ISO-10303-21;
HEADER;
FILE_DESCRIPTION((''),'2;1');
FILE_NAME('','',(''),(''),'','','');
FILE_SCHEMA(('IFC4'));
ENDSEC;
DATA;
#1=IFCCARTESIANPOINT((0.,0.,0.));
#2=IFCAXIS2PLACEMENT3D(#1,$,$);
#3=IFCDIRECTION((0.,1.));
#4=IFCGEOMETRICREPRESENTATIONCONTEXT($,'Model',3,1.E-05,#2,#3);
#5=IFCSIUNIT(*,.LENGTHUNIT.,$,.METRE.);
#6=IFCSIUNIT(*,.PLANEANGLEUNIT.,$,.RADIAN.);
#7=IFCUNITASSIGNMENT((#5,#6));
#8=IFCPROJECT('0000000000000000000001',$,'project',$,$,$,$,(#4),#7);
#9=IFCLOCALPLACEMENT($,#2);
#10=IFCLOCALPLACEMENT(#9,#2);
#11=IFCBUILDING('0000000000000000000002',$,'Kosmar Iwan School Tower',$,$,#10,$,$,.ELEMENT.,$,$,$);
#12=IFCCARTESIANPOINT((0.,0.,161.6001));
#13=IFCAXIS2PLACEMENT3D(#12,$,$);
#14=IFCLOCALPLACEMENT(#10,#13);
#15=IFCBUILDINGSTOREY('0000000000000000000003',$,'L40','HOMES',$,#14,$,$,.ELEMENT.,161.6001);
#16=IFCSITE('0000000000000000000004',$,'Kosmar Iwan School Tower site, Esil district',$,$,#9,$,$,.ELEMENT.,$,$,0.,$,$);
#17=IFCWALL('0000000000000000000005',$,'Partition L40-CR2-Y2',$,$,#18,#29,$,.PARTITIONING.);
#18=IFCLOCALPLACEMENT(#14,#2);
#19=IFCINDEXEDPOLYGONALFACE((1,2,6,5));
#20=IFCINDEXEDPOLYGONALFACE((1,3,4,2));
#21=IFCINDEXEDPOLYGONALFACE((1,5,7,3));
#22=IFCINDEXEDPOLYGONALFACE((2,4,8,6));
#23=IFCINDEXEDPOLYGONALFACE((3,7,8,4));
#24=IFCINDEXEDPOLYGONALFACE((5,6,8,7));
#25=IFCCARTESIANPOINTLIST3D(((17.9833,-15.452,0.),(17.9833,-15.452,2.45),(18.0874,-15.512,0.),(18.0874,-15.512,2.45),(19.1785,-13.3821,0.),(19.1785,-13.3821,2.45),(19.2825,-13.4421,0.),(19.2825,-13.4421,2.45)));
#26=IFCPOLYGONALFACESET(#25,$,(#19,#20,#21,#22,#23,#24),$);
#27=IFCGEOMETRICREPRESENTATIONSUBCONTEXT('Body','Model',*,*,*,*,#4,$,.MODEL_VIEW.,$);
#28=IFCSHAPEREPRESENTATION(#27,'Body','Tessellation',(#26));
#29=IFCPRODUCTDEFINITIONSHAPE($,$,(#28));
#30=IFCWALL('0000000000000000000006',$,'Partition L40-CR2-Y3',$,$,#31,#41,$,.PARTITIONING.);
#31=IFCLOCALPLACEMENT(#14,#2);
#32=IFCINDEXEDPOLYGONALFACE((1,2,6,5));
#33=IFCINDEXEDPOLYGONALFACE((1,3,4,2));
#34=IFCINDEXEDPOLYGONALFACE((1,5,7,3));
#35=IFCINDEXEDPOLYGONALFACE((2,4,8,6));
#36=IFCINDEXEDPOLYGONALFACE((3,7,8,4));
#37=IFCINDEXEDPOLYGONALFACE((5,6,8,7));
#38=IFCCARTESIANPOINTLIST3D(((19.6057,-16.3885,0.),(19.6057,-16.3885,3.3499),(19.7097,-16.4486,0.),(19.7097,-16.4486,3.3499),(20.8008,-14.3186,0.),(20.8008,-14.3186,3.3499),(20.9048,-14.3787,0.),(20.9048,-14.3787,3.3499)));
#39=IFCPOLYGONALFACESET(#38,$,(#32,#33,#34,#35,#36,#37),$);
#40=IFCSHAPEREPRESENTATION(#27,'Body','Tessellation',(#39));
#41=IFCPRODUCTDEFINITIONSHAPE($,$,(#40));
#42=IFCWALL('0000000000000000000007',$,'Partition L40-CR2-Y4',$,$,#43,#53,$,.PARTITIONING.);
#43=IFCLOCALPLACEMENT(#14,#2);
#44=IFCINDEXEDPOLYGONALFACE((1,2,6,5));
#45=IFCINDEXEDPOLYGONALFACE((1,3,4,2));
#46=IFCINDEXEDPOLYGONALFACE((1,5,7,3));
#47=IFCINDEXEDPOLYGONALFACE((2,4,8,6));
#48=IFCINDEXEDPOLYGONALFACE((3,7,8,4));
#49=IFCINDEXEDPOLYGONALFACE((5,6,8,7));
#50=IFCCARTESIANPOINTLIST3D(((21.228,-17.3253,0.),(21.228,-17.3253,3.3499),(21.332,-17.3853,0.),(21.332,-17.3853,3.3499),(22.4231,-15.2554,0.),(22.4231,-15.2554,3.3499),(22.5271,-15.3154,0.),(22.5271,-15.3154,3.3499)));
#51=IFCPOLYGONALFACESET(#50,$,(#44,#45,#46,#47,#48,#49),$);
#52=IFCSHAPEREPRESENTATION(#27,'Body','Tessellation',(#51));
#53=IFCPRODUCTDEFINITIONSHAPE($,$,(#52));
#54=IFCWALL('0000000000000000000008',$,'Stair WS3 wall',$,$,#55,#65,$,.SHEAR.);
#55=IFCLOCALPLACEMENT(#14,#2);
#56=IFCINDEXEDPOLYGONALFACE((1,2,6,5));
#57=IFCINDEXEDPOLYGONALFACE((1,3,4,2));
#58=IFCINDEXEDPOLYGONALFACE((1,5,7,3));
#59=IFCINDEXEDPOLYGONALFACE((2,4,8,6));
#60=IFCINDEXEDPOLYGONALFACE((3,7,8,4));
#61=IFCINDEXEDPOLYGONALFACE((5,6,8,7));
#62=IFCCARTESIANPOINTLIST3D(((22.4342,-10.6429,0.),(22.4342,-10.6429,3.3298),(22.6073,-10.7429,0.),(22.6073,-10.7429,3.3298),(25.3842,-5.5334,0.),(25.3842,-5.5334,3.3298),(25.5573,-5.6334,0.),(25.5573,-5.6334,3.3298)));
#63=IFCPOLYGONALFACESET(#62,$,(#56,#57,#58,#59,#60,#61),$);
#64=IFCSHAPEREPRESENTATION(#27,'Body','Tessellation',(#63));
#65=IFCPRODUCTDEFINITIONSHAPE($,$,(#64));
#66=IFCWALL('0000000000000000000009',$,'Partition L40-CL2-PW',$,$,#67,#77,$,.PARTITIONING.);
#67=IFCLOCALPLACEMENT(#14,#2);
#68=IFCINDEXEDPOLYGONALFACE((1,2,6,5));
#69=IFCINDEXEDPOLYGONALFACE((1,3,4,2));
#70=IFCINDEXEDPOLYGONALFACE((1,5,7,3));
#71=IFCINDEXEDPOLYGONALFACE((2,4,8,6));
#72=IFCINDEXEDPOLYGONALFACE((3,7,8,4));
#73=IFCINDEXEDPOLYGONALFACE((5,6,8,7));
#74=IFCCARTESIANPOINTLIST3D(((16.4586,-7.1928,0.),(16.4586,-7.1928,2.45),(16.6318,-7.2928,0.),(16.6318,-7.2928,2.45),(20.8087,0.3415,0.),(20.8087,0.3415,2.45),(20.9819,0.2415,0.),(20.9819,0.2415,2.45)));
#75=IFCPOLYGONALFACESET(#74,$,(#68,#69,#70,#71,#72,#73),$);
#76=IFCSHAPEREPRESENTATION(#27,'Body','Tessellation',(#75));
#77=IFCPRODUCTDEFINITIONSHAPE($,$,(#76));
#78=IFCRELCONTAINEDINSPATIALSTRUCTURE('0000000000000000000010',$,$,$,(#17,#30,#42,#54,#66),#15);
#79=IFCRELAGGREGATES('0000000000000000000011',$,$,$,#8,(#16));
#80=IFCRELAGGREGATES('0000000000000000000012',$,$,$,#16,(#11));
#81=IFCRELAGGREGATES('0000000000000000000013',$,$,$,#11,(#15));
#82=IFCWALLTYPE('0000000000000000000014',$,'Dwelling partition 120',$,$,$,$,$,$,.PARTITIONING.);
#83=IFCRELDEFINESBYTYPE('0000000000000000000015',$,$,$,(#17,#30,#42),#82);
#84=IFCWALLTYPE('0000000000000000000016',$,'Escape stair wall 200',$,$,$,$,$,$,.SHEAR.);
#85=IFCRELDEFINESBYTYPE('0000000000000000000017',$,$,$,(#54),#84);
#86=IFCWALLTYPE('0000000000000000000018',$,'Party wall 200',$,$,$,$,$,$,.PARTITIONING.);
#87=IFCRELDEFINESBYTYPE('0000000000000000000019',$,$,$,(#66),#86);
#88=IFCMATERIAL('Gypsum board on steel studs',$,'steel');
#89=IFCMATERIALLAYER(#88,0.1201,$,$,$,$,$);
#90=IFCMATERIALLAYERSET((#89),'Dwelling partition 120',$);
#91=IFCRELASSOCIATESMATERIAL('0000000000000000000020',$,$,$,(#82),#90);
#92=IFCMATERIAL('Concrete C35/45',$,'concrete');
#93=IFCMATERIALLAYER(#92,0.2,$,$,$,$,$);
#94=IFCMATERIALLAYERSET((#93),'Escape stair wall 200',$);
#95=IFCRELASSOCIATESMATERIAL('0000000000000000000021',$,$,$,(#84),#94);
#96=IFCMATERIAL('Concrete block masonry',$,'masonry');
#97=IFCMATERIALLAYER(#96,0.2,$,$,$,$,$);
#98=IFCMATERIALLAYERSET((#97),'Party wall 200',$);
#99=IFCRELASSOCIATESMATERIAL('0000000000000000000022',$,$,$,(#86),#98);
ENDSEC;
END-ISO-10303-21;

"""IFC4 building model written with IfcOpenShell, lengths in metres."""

from ifc_helpers import new_model, si_unit, direction, frame, frame_2d, origin, place, context, subcontext, project, spatial, rectangle, extrude, material, layer, layer_set, type_object, element, save


model = new_model("IFC4")

# Units and contexts
model_context = context("Model", 3, precision=1e-05, world=origin(), true_north=direction((0.0, 1.0)))
body_context = subcontext(model_context, "Body", "Model", "MODEL_VIEW")
ifc_project = project(units=[si_unit("LENGTHUNIT", "METRE"), si_unit("PLANEANGLEUNIT", "RADIAN")], contexts=[model_context])

# Site, building, storey
site_placement = place(None, origin())
site = spatial("IfcSite", under=ifc_project, at=site_placement, Name="Kosmar Iwan School Tower site, Esil district", CompositionType="ELEMENT", RefElevation=0.0)
building_placement = place(site_placement, origin())
building = spatial("IfcBuilding", under=site, at=building_placement, Name="Kosmar Iwan School Tower", CompositionType="ELEMENT")
storey_placement = place(building_placement, frame((0.0, 0.0, 161.6001)))
storey = spatial("IfcBuildingStorey", under=building, at=storey_placement, Name="L40", Description="HOMES", CompositionType="ELEMENT", Elevation=161.6001)

# Shared definitions
ifc_material_1 = material(Name="Gypsum board on steel studs", Category="steel")
ifc_layer_1 = layer(ifc_material_1, 0.1201)
ifc_layer_set_1 = layer_set([ifc_layer_1], Name="Dwelling partition 120")
wall_type_1 = type_object("IfcWallType", Name="Dwelling partition 120", PredefinedType="PARTITIONING", material=ifc_layer_set_1)

# Walls
wall_1_placement = place(storey_placement, frame((19.2305, -13.4121, 0.0), z_axis=(0.0, 0.0, 1.0), x_axis=(-0.500017, -0.866015, 0.0)))
element("IfcWall", 1, at=wall_1_placement, inside=storey, type_object=wall_type_1, Name="Partition L40-CR2-Y2", PredefinedType="PARTITIONING", context=body_context, shape_type="SweptSolid", body=[
    extrude(rectangle(XDim=2.3901, YDim=0.1201, at=frame_2d((1.1951, 0.0))), origin(), (0.0, 0.0, 1.0), 2.45),
])
for number, where, z_axis, x_axis, name in (
    (2, (20.8528, -14.3486, 0.0), (0.0, 0.0, 1.0), (-0.500017, -0.866015, 0.0), "Partition L40-CR2-Y3"),
    (3, (22.4751, -15.2854, 0.0), (0.0, 0.0, 1.0), (-0.500017, -0.866015, 0.0), "Partition L40-CR2-Y4"),
):
    element("IfcWall", number, at=place(storey_placement, frame(where, z_axis=z_axis, x_axis=x_axis)), inside=storey, type_object=wall_type_1, Name=name, PredefinedType="PARTITIONING", context=body_context, shape_type="SweptSolid", body=[
        extrude(rectangle(XDim=2.3901, YDim=0.1201, at=frame_2d((1.1951, 0.0))), origin(), (0.0, 0.0, 1.0), 3.3499),
    ])
ifc_material_2 = material(Name="Concrete C35/45", Category="concrete")
ifc_layer_2 = layer(ifc_material_2, 0.2)
ifc_layer_set_2 = layer_set([ifc_layer_2], Name="Escape stair wall 200")
wall_type_2 = type_object("IfcWallType", Name="Escape stair wall 200", PredefinedType="SHEAR", material=ifc_layer_set_2)
wall_2_placement = place(storey_placement, frame((22.5208, -10.6929, 0.0), z_axis=(0.0, 0.0, 1.0), x_axis=(0.500007, 0.866022, 0.0)))
element("IfcWall", 4, at=wall_2_placement, inside=storey, type_object=wall_type_2, Name="Stair WS3 wall", PredefinedType="SHEAR", context=body_context, shape_type="SweptSolid", body=[
    extrude(rectangle(XDim=5.8999, YDim=0.2, at=frame_2d((2.95, 0.0))), origin(), (0.0, 0.0, 1.0), 3.3298),
])
ifc_material_3 = material(Name="Concrete block masonry", Category="masonry")
ifc_layer_3 = layer(ifc_material_3, 0.2)
ifc_layer_set_3 = layer_set([ifc_layer_3], Name="Party wall 200")
wall_type_3 = type_object("IfcWallType", Name="Party wall 200", PredefinedType="PARTITIONING", material=ifc_layer_set_3)
wall_3_placement = place(storey_placement, frame((16.5452, -7.2429, 0.0), z_axis=(0.0, 0.0, 1.0), x_axis=(0.500008, 0.866021, 0.0)))
element("IfcWall", 5, at=wall_3_placement, inside=storey, type_object=wall_type_3, Name="Partition L40-CL2-PW", PredefinedType="PARTITIONING", context=body_context, shape_type="SweptSolid", body=[
    extrude(rectangle(XDim=8.7, YDim=0.2, at=frame_2d((4.3501, 0.0))), origin(), (0.0, 0.0, 1.0), 2.45),
])

save(model, "model.ifc")
